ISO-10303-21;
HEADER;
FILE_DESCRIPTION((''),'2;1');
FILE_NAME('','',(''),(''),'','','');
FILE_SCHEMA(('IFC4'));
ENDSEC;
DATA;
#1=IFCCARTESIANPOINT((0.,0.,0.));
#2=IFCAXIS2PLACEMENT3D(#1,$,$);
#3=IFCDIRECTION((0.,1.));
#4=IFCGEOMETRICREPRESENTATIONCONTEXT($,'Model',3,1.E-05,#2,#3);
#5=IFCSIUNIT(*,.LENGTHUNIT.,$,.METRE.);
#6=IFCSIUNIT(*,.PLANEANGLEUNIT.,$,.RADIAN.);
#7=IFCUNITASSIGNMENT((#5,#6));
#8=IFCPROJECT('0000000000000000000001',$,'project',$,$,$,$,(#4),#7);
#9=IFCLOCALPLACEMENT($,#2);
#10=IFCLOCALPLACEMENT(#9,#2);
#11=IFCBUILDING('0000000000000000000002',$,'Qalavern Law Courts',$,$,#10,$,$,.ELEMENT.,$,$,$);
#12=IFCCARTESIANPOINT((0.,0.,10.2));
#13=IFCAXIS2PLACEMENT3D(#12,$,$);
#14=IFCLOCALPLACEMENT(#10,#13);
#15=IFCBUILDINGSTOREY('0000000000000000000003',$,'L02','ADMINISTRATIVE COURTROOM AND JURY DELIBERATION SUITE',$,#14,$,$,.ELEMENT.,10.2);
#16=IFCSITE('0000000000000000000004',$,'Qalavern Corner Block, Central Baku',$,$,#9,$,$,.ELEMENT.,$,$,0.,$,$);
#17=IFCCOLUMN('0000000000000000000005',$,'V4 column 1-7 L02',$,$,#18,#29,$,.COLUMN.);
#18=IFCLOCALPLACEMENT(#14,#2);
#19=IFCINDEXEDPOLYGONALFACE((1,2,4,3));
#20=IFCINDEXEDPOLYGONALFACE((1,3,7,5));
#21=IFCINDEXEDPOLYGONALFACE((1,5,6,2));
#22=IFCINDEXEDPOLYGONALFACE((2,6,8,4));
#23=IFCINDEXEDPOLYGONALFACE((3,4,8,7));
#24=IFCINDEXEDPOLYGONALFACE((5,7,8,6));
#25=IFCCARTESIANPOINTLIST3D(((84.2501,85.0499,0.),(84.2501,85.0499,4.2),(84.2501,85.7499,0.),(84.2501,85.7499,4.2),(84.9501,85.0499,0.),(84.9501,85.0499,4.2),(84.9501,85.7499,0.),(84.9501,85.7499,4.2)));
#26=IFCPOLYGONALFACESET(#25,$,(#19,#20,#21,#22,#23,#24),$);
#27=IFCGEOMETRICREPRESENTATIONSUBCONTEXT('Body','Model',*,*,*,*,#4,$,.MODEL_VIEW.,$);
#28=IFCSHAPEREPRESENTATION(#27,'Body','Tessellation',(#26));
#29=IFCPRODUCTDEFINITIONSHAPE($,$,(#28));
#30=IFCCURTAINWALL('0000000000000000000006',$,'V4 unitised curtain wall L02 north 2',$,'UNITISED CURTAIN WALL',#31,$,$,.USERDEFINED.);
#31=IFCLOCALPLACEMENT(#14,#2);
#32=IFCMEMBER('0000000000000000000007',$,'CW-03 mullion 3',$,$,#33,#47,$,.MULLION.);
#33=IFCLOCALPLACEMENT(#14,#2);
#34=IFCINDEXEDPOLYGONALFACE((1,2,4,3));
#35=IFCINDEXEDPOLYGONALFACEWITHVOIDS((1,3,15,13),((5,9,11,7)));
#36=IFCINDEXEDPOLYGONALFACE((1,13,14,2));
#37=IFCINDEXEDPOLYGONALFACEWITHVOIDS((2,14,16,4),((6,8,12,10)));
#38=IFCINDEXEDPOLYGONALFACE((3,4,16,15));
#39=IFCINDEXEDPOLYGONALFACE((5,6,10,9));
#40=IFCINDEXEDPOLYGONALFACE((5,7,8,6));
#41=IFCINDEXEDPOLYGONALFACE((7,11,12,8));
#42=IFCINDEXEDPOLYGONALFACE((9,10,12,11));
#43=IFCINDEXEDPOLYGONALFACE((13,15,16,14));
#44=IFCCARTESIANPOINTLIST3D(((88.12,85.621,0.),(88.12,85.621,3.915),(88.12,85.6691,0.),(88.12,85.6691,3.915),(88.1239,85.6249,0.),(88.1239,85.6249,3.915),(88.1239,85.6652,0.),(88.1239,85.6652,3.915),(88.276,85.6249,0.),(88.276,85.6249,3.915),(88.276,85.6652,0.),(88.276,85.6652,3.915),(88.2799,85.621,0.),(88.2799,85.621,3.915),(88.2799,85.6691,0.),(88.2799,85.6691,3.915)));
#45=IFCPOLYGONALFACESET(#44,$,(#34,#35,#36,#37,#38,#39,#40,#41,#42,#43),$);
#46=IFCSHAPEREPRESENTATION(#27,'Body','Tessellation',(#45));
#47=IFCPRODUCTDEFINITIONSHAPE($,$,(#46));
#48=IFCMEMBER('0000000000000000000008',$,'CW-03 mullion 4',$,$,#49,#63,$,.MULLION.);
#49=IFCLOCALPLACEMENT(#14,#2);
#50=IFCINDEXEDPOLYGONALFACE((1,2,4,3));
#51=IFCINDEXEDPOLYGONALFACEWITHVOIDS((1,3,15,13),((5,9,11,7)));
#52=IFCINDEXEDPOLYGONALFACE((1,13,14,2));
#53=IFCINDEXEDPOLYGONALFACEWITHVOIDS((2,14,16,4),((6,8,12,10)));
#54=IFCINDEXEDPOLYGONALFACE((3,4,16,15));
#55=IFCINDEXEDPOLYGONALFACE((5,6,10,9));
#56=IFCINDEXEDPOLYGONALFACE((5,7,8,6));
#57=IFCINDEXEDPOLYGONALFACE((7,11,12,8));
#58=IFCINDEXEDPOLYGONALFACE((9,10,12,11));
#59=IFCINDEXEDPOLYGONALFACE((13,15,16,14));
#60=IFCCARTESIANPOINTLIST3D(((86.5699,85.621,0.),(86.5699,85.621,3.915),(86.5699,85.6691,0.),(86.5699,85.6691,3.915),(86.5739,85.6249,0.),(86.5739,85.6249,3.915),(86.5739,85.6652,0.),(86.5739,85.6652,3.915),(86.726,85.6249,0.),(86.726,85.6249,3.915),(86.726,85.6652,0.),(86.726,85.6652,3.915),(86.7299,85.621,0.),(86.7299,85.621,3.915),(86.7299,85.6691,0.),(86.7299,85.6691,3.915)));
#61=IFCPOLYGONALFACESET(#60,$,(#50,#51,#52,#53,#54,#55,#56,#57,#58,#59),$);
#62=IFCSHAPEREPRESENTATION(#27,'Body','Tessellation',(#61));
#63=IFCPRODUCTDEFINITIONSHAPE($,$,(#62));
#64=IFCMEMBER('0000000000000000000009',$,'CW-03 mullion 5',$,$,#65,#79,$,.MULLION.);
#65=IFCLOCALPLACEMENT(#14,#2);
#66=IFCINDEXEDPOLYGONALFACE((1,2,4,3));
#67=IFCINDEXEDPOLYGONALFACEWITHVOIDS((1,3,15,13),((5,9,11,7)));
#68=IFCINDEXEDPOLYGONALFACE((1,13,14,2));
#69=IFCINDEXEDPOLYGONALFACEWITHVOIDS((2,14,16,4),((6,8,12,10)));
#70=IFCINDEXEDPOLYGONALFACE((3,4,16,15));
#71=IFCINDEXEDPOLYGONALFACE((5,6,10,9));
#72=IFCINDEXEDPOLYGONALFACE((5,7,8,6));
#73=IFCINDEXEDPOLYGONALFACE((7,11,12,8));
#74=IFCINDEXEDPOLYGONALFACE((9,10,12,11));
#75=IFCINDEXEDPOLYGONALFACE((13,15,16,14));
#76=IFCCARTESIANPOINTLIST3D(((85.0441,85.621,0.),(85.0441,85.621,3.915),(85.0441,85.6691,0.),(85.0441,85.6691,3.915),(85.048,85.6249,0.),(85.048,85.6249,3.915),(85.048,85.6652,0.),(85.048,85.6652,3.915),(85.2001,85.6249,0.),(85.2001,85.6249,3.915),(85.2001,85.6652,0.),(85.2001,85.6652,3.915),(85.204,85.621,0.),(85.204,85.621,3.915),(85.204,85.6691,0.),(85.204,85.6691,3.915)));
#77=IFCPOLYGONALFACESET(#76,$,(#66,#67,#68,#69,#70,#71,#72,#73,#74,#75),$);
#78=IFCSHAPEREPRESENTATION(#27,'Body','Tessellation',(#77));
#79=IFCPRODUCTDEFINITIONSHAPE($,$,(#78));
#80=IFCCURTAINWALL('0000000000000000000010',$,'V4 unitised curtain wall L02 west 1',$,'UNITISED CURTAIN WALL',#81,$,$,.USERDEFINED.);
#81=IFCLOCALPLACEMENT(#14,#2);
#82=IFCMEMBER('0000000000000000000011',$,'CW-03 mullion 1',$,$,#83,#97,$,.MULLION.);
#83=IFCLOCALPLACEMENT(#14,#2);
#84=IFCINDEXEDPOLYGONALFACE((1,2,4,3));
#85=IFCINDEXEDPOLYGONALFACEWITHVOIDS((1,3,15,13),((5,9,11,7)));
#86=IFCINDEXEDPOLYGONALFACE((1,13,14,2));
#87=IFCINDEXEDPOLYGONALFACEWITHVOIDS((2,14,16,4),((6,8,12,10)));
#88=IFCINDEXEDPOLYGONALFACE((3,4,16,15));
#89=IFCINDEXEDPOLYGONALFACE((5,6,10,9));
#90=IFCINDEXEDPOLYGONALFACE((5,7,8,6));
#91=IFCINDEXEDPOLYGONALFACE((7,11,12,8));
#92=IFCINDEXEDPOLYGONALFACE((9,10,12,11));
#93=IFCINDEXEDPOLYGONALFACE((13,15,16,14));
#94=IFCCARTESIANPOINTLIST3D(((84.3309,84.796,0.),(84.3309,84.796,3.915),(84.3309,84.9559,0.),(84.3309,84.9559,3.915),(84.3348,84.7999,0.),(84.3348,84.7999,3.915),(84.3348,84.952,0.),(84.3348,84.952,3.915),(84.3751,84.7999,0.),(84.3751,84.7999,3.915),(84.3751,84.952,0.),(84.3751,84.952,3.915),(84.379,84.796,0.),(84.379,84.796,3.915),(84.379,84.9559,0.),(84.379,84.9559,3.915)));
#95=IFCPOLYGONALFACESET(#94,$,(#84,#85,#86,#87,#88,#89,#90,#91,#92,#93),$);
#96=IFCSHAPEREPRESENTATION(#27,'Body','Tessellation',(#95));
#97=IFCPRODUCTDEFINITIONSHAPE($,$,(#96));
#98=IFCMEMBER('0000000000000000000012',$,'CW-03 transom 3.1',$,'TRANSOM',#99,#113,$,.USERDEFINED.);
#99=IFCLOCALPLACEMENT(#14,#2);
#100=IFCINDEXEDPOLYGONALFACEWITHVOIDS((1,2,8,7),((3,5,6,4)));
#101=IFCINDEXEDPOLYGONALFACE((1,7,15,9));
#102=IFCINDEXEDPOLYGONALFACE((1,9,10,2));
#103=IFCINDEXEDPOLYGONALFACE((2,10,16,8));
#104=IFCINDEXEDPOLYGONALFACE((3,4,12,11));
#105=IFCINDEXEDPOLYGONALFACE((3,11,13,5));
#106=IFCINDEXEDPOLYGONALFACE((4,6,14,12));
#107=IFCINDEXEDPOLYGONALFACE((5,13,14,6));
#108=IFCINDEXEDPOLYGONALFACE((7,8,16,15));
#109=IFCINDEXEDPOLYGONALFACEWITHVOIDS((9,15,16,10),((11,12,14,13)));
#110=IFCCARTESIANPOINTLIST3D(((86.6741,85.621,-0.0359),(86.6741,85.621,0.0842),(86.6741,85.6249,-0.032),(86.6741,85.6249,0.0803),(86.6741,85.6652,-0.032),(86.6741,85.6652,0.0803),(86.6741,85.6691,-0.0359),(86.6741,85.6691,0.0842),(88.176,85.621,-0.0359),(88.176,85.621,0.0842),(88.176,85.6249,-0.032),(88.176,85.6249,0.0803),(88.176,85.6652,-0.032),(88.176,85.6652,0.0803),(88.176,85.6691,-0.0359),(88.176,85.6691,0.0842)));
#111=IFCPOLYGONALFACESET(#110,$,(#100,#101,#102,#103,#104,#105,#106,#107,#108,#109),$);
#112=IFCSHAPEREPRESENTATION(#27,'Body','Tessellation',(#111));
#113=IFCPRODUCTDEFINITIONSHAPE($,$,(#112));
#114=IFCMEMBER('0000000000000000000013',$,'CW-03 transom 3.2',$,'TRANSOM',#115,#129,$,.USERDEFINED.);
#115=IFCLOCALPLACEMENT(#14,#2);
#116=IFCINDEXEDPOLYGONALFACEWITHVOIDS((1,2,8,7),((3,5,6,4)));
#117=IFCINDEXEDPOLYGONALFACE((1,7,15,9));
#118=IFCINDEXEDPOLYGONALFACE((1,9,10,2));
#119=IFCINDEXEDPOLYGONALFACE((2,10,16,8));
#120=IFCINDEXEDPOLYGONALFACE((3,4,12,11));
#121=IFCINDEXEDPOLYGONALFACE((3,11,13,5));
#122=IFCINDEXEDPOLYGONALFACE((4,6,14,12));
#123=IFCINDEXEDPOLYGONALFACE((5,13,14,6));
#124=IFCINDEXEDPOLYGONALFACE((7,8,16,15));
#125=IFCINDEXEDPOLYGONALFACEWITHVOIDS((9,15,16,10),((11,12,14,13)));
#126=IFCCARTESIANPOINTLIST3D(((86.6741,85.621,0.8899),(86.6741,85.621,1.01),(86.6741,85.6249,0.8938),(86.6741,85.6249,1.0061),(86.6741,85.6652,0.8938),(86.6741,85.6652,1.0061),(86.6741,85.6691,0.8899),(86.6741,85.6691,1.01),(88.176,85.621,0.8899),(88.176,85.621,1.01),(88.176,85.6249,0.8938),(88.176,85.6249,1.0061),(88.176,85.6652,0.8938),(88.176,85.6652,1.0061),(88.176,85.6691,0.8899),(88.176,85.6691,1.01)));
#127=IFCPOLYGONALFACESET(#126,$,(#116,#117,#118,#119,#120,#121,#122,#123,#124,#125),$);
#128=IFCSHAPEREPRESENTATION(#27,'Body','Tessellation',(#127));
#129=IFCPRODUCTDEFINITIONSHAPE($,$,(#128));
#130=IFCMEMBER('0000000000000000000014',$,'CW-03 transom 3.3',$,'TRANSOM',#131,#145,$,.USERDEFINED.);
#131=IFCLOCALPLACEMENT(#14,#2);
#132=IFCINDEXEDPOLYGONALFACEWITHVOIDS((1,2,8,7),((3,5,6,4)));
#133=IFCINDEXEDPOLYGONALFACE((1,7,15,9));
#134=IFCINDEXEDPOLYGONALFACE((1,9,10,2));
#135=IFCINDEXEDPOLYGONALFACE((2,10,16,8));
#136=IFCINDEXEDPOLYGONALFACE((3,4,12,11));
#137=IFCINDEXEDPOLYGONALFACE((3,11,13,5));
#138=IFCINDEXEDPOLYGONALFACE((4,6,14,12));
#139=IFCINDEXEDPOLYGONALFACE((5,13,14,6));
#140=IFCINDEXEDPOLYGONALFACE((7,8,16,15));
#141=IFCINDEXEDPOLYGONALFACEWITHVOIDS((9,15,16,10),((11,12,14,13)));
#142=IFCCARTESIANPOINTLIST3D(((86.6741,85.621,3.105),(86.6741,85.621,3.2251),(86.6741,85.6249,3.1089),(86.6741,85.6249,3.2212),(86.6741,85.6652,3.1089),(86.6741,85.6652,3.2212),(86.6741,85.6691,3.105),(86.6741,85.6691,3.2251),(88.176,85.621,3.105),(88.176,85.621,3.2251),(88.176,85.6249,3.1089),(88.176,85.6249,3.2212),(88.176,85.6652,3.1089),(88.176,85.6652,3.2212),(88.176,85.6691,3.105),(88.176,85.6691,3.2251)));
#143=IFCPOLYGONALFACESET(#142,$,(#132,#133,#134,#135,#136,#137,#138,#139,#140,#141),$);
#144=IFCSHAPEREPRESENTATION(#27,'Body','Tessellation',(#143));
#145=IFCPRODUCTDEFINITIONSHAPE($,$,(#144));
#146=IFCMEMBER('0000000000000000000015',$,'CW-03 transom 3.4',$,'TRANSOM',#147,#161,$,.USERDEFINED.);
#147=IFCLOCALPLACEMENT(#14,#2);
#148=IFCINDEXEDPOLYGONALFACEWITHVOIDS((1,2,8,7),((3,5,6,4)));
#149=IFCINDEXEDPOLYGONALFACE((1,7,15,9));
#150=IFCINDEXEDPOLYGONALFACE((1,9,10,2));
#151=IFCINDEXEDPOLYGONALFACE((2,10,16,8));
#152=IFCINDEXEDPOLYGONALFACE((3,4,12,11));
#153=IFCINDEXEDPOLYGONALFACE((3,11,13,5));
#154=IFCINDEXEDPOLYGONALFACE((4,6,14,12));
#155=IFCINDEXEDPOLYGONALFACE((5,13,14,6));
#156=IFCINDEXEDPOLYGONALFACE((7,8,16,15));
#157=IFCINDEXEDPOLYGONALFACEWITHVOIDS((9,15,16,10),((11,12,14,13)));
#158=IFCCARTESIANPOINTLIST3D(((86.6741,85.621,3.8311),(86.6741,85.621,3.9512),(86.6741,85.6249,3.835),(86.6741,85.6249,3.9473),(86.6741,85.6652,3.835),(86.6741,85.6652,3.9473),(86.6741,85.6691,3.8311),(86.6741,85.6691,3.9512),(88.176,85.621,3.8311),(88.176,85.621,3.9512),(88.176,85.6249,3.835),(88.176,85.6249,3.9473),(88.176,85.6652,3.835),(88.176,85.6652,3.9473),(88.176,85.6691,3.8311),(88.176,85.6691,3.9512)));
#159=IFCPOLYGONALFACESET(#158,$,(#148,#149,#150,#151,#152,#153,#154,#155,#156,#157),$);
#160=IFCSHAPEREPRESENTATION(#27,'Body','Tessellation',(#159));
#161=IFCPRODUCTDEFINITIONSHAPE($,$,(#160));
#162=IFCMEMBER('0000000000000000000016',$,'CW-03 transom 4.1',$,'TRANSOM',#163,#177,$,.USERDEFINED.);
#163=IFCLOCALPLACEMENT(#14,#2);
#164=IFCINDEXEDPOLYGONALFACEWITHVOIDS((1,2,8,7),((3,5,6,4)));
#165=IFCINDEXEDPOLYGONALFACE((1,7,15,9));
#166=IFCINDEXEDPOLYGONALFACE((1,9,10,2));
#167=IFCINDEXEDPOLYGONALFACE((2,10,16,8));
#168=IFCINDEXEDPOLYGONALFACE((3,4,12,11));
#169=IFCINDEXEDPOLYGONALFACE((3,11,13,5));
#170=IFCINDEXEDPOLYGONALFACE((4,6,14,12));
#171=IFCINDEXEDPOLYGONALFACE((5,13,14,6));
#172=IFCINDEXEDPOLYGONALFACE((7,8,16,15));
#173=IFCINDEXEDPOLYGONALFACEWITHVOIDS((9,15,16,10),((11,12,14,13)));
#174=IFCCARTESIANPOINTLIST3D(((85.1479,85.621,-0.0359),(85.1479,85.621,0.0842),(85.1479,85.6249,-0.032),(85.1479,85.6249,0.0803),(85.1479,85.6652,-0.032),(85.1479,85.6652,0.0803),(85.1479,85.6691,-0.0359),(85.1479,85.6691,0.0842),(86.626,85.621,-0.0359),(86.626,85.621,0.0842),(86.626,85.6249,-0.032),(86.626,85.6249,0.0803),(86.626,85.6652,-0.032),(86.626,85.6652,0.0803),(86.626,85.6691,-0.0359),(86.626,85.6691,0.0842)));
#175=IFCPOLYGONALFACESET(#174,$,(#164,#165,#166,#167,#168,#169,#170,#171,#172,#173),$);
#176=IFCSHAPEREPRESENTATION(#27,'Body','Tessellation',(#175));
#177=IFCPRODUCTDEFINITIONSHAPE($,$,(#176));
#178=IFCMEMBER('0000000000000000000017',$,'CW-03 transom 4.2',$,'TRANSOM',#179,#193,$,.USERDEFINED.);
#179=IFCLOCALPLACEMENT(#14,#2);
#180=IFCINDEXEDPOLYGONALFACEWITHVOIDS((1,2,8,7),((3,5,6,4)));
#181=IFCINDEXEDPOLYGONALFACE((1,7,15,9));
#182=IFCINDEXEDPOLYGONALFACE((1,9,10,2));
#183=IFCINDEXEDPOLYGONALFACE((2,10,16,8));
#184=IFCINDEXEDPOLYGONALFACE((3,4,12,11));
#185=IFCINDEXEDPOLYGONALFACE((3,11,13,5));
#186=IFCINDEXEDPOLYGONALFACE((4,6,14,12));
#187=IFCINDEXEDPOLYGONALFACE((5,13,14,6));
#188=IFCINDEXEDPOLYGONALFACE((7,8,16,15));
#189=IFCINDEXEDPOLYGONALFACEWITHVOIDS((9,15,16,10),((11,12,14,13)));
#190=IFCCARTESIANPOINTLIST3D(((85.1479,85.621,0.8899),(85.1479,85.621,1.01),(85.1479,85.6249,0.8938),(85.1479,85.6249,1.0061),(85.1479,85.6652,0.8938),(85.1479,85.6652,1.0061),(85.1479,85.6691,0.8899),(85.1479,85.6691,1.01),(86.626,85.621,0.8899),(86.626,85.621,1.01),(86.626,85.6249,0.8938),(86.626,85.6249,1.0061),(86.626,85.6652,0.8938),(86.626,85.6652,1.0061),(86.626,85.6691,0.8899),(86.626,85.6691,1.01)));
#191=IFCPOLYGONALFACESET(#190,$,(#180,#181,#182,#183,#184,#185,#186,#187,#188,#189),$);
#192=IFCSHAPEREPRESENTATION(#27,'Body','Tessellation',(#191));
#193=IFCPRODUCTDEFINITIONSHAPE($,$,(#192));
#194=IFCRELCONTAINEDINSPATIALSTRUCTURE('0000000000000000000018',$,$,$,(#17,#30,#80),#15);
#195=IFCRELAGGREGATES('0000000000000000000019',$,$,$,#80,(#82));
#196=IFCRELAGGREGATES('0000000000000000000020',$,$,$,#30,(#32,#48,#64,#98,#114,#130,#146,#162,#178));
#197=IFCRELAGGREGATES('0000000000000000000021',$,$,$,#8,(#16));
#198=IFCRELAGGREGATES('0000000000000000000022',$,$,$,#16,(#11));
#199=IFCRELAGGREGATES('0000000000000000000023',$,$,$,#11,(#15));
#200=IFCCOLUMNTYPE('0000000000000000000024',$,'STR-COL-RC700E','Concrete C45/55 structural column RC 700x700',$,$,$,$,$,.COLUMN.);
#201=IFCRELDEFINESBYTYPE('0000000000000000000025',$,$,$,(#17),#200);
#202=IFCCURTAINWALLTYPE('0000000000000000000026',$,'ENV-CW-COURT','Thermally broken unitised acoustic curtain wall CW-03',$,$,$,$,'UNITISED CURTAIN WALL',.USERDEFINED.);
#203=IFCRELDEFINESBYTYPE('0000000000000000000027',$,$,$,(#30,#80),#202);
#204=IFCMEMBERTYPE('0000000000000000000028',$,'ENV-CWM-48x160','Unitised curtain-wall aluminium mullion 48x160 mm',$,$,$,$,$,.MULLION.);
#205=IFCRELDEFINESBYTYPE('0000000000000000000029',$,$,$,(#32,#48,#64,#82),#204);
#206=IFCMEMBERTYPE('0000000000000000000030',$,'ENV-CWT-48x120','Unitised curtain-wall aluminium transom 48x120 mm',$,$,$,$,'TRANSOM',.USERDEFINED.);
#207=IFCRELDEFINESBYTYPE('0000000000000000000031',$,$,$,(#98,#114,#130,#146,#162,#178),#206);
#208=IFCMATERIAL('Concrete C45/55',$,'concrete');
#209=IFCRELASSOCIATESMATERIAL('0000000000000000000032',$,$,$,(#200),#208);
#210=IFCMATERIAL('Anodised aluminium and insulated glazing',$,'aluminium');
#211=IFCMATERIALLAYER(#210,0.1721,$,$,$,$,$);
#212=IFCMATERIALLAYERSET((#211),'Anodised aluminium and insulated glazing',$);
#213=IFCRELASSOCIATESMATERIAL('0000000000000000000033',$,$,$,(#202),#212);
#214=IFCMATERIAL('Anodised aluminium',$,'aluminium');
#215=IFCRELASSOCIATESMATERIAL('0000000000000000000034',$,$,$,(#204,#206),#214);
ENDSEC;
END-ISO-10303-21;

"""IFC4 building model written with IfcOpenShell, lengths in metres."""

from ifc_helpers import new_model, si_unit, direction, frame, origin, origin_2d, place, context, subcontext, project, spatial, rectangle, hollow_rectangle, extrude, material, layer, layer_set, material_profile, profile_set, type_object, element, aggregate, save


model = new_model("IFC4")

# Units and contexts
model_context = context("Model", 3, precision=1e-05, world=origin(), true_north=direction((0.0, 1.0)))
body_context = subcontext(model_context, "Body", "Model", "MODEL_VIEW")
ifc_project = project(units=[si_unit("LENGTHUNIT", "METRE"), si_unit("PLANEANGLEUNIT", "RADIAN")], contexts=[model_context])

# Site, building, storey
site_placement = place(None, origin())
site = spatial("IfcSite", under=ifc_project, at=site_placement, Name="Qalavern Corner Block, Central Baku", CompositionType="ELEMENT", RefElevation=0.0)
building_placement = place(site_placement, origin())
building = spatial("IfcBuilding", under=site, at=building_placement, Name="Qalavern Law Courts", CompositionType="ELEMENT")
storey_placement = place(building_placement, frame((0.0, 0.0, 10.2)))
storey = spatial("IfcBuildingStorey", under=building, at=storey_placement, Name="L02", Description="ADMINISTRATIVE COURTROOM AND JURY DELIBERATION SUITE", CompositionType="ELEMENT", Elevation=10.2)

# Column
ifc_material_1 = material(Name="Concrete C45/55", Category="concrete")
ifc_material_profile_1 = material_profile(ifc_material_1, rectangle(XDim=0.7, YDim=0.7, at=origin_2d()), Name="RC 700x700")
ifc_profile_set_1 = profile_set([ifc_material_profile_1], Name="Concrete C45/55")
column_type = type_object("IfcColumnType", Name="STR-COL-RC700E", Description="Concrete C45/55 structural column RC 700x700", PredefinedType="COLUMN", material=ifc_profile_set_1)
column_placement = place(storey_placement, frame((84.6001, 85.3999, 0.0), z_axis=(0.0, 0.0, 1.0), x_axis=(1.0, 0.0, 0.0)))
element("IfcColumn", 1, at=column_placement, inside=storey, type_object=column_type, Name="V4 column 1-7 L02", PredefinedType="COLUMN", context=body_context, shape_type="SweptSolid", body=[
    extrude(rectangle(XDim=0.7, YDim=0.7, at=origin_2d()), origin(), (0.0, 0.0, 1.0), 4.2),
])

# Curtain wall, members
ifc_material_2 = material(Name="Anodised aluminium and insulated glazing", Category="aluminium")
ifc_layer_1 = layer(ifc_material_2, 0.1721)
ifc_layer_set_1 = layer_set([ifc_layer_1], Name="Anodised aluminium and insulated glazing")
curtain_wall_type = type_object("IfcCurtainWallType", Name="ENV-CW-COURT", Description="Thermally broken unitised acoustic curtain wall CW-03", ElementType="UNITISED CURTAIN WALL", PredefinedType="USERDEFINED", material=ifc_layer_set_1)
curtain_wall_1_placement = place(storey_placement, origin())
curtain_wall_1 = element("IfcCurtainWall", 2, at=curtain_wall_1_placement, inside=storey, type_object=curtain_wall_type, Name="V4 unitised curtain wall L02 north 2", ObjectType="UNITISED CURTAIN WALL", PredefinedType="USERDEFINED")
ifc_material_3 = material(Name="Anodised aluminium", Category="aluminium")
ifc_material_profile_2 = material_profile(ifc_material_3, hollow_rectangle(XDim=0.0481, YDim=0.1599, WallThickness=0.0039, at=origin_2d()), Name="ALU MULLION 48x160")
ifc_profile_set_2 = profile_set([ifc_material_profile_2], Name="Anodised aluminium")
member_type_1 = type_object("IfcMemberType", Name="ENV-CWM-48x160", Description="Unitised curtain-wall aluminium mullion 48x160 mm", PredefinedType="MULLION", material=ifc_profile_set_2)
member_1_placement = place(storey_placement, frame((88.2, 85.645, 0.0), z_axis=(0.0, 0.0, 1.0), x_axis=(0.0, -1.0, 0.0)))
member_1 = element("IfcMember", 3, at=member_1_placement, type_object=member_type_1, Name="CW-03 mullion 3", PredefinedType="MULLION", context=body_context, shape_type="SweptSolid", body=[
    extrude(hollow_rectangle(XDim=0.0481, YDim=0.1599, WallThickness=0.0039, at=origin_2d()), origin(), (0.0, 0.0, 1.0), 3.915),
])
member_2_placement = place(storey_placement, frame((86.6499, 85.645, 0.0), z_axis=(0.0, 0.0, 1.0), x_axis=(0.0, -1.0, 0.0)))
member_2 = element("IfcMember", 4, at=member_2_placement, type_object=member_type_1, Name="CW-03 mullion 4", PredefinedType="MULLION", context=body_context, shape_type="SweptSolid", body=[
    extrude(hollow_rectangle(XDim=0.0481, YDim=0.1599, WallThickness=0.0039, at=origin_2d()), origin(), (0.0, 0.0, 1.0), 3.915),
])
member_3_placement = place(storey_placement, frame((85.124, 85.645, 0.0), z_axis=(0.0, 0.0, 1.0), x_axis=(0.0, -1.0, 0.0)))
member_3 = element("IfcMember", 5, at=member_3_placement, type_object=member_type_1, Name="CW-03 mullion 5", PredefinedType="MULLION", context=body_context, shape_type="SweptSolid", body=[
    extrude(hollow_rectangle(XDim=0.0481, YDim=0.1599, WallThickness=0.0039, at=origin_2d()), origin(), (0.0, 0.0, 1.0), 3.915),
])

# Curtain wall, member
curtain_wall_2_placement = place(storey_placement, origin())
curtain_wall_2 = element("IfcCurtainWall", 6, at=curtain_wall_2_placement, inside=storey, type_object=curtain_wall_type, Name="V4 unitised curtain wall L02 west 1", ObjectType="UNITISED CURTAIN WALL", PredefinedType="USERDEFINED")
member_4_placement = place(storey_placement, frame((84.355, 84.876, 0.0), z_axis=(0.0, 0.0, 1.0), x_axis=(1.0, 0.0, 0.0)))
member_4 = element("IfcMember", 7, at=member_4_placement, type_object=member_type_1, Name="CW-03 mullion 1", PredefinedType="MULLION", context=body_context, shape_type="SweptSolid", body=[
    extrude(hollow_rectangle(XDim=0.0481, YDim=0.1599, WallThickness=0.0039, at=origin_2d()), origin(), (0.0, 0.0, 1.0), 3.915),
])
aggregate(curtain_wall_2, [member_4])

# Members
ifc_material_profile_3 = material_profile(ifc_material_3, hollow_rectangle(XDim=0.0481, YDim=0.1201, WallThickness=0.0039, at=origin_2d()), Name="ALU TRANSOM 48x120")
ifc_profile_set_3 = profile_set([ifc_material_profile_3], Name="Anodised aluminium")
member_type_2 = type_object("IfcMemberType", Name="ENV-CWT-48x120", Description="Unitised curtain-wall aluminium transom 48x120 mm", ElementType="TRANSOM", PredefinedType="USERDEFINED", material=ifc_profile_set_3)
member_5_placement = place(storey_placement, frame((88.176, 85.645, 0.0242), z_axis=(-1.0, 0.0, 0.0), x_axis=(0.0, -1.0, 0.0)))
member_5 = element("IfcMember", 8, at=member_5_placement, type_object=member_type_2, Name="CW-03 transom 3.1", ObjectType="TRANSOM", PredefinedType="USERDEFINED", context=body_context, shape_type="SweptSolid", body=[
    extrude(hollow_rectangle(XDim=0.0481, YDim=0.1201, WallThickness=0.0039, at=origin_2d()), origin(), (0.0, 0.0, 1.0), 1.502),
])
member_6_placement = place(storey_placement, frame((88.176, 85.645, 0.95), z_axis=(-1.0, 0.0, 0.0), x_axis=(0.0, -1.0, 0.0)))
member_6 = element("IfcMember", 9, at=member_6_placement, type_object=member_type_2, Name="CW-03 transom 3.2", ObjectType="TRANSOM", PredefinedType="USERDEFINED", context=body_context, shape_type="SweptSolid", body=[
    extrude(hollow_rectangle(XDim=0.0481, YDim=0.1201, WallThickness=0.0039, at=origin_2d()), origin(), (0.0, 0.0, 1.0), 1.502),
])
member_7_placement = place(storey_placement, frame((88.176, 85.645, 3.165), z_axis=(-1.0, 0.0, 0.0), x_axis=(0.0, -1.0, 0.0)))
member_7 = element("IfcMember", 10, at=member_7_placement, type_object=member_type_2, Name="CW-03 transom 3.3", ObjectType="TRANSOM", PredefinedType="USERDEFINED", context=body_context, shape_type="SweptSolid", body=[
    extrude(hollow_rectangle(XDim=0.0481, YDim=0.1201, WallThickness=0.0039, at=origin_2d()), origin(), (0.0, 0.0, 1.0), 1.502),
])
member_8_placement = place(storey_placement, frame((88.176, 85.645, 3.8911), z_axis=(-1.0, 0.0, 0.0), x_axis=(0.0, -1.0, 0.0)))
member_8 = element("IfcMember", 11, at=member_8_placement, type_object=member_type_2, Name="CW-03 transom 3.4", ObjectType="TRANSOM", PredefinedType="USERDEFINED", context=body_context, shape_type="SweptSolid", body=[
    extrude(hollow_rectangle(XDim=0.0481, YDim=0.1201, WallThickness=0.0039, at=origin_2d()), origin(), (0.0, 0.0, 1.0), 1.502),
])
member_9_placement = place(storey_placement, frame((86.626, 85.645, 0.0242), z_axis=(-1.0, 0.0, 0.0), x_axis=(0.0, -1.0, 0.0)))
member_9 = element("IfcMember", 12, at=member_9_placement, type_object=member_type_2, Name="CW-03 transom 4.1", ObjectType="TRANSOM", PredefinedType="USERDEFINED", context=body_context, shape_type="SweptSolid", body=[
    extrude(hollow_rectangle(XDim=0.0481, YDim=0.1201, WallThickness=0.0039, at=origin_2d()), origin(), (0.0, 0.0, 1.0), 1.478),
])
member_10_placement = place(storey_placement, frame((86.626, 85.645, 0.95), z_axis=(-1.0, 0.0, 0.0), x_axis=(0.0, -1.0, 0.0)))
member_10 = element("IfcMember", 13, at=member_10_placement, type_object=member_type_2, Name="CW-03 transom 4.2", ObjectType="TRANSOM", PredefinedType="USERDEFINED", context=body_context, shape_type="SweptSolid", body=[
    extrude(hollow_rectangle(XDim=0.0481, YDim=0.1201, WallThickness=0.0039, at=origin_2d()), origin(), (0.0, 0.0, 1.0), 1.478),
])

aggregate(curtain_wall_1, [member_1, member_2, member_3, member_5, member_6, member_7, member_8, member_9, member_10])

save(model, "model.ifc")
